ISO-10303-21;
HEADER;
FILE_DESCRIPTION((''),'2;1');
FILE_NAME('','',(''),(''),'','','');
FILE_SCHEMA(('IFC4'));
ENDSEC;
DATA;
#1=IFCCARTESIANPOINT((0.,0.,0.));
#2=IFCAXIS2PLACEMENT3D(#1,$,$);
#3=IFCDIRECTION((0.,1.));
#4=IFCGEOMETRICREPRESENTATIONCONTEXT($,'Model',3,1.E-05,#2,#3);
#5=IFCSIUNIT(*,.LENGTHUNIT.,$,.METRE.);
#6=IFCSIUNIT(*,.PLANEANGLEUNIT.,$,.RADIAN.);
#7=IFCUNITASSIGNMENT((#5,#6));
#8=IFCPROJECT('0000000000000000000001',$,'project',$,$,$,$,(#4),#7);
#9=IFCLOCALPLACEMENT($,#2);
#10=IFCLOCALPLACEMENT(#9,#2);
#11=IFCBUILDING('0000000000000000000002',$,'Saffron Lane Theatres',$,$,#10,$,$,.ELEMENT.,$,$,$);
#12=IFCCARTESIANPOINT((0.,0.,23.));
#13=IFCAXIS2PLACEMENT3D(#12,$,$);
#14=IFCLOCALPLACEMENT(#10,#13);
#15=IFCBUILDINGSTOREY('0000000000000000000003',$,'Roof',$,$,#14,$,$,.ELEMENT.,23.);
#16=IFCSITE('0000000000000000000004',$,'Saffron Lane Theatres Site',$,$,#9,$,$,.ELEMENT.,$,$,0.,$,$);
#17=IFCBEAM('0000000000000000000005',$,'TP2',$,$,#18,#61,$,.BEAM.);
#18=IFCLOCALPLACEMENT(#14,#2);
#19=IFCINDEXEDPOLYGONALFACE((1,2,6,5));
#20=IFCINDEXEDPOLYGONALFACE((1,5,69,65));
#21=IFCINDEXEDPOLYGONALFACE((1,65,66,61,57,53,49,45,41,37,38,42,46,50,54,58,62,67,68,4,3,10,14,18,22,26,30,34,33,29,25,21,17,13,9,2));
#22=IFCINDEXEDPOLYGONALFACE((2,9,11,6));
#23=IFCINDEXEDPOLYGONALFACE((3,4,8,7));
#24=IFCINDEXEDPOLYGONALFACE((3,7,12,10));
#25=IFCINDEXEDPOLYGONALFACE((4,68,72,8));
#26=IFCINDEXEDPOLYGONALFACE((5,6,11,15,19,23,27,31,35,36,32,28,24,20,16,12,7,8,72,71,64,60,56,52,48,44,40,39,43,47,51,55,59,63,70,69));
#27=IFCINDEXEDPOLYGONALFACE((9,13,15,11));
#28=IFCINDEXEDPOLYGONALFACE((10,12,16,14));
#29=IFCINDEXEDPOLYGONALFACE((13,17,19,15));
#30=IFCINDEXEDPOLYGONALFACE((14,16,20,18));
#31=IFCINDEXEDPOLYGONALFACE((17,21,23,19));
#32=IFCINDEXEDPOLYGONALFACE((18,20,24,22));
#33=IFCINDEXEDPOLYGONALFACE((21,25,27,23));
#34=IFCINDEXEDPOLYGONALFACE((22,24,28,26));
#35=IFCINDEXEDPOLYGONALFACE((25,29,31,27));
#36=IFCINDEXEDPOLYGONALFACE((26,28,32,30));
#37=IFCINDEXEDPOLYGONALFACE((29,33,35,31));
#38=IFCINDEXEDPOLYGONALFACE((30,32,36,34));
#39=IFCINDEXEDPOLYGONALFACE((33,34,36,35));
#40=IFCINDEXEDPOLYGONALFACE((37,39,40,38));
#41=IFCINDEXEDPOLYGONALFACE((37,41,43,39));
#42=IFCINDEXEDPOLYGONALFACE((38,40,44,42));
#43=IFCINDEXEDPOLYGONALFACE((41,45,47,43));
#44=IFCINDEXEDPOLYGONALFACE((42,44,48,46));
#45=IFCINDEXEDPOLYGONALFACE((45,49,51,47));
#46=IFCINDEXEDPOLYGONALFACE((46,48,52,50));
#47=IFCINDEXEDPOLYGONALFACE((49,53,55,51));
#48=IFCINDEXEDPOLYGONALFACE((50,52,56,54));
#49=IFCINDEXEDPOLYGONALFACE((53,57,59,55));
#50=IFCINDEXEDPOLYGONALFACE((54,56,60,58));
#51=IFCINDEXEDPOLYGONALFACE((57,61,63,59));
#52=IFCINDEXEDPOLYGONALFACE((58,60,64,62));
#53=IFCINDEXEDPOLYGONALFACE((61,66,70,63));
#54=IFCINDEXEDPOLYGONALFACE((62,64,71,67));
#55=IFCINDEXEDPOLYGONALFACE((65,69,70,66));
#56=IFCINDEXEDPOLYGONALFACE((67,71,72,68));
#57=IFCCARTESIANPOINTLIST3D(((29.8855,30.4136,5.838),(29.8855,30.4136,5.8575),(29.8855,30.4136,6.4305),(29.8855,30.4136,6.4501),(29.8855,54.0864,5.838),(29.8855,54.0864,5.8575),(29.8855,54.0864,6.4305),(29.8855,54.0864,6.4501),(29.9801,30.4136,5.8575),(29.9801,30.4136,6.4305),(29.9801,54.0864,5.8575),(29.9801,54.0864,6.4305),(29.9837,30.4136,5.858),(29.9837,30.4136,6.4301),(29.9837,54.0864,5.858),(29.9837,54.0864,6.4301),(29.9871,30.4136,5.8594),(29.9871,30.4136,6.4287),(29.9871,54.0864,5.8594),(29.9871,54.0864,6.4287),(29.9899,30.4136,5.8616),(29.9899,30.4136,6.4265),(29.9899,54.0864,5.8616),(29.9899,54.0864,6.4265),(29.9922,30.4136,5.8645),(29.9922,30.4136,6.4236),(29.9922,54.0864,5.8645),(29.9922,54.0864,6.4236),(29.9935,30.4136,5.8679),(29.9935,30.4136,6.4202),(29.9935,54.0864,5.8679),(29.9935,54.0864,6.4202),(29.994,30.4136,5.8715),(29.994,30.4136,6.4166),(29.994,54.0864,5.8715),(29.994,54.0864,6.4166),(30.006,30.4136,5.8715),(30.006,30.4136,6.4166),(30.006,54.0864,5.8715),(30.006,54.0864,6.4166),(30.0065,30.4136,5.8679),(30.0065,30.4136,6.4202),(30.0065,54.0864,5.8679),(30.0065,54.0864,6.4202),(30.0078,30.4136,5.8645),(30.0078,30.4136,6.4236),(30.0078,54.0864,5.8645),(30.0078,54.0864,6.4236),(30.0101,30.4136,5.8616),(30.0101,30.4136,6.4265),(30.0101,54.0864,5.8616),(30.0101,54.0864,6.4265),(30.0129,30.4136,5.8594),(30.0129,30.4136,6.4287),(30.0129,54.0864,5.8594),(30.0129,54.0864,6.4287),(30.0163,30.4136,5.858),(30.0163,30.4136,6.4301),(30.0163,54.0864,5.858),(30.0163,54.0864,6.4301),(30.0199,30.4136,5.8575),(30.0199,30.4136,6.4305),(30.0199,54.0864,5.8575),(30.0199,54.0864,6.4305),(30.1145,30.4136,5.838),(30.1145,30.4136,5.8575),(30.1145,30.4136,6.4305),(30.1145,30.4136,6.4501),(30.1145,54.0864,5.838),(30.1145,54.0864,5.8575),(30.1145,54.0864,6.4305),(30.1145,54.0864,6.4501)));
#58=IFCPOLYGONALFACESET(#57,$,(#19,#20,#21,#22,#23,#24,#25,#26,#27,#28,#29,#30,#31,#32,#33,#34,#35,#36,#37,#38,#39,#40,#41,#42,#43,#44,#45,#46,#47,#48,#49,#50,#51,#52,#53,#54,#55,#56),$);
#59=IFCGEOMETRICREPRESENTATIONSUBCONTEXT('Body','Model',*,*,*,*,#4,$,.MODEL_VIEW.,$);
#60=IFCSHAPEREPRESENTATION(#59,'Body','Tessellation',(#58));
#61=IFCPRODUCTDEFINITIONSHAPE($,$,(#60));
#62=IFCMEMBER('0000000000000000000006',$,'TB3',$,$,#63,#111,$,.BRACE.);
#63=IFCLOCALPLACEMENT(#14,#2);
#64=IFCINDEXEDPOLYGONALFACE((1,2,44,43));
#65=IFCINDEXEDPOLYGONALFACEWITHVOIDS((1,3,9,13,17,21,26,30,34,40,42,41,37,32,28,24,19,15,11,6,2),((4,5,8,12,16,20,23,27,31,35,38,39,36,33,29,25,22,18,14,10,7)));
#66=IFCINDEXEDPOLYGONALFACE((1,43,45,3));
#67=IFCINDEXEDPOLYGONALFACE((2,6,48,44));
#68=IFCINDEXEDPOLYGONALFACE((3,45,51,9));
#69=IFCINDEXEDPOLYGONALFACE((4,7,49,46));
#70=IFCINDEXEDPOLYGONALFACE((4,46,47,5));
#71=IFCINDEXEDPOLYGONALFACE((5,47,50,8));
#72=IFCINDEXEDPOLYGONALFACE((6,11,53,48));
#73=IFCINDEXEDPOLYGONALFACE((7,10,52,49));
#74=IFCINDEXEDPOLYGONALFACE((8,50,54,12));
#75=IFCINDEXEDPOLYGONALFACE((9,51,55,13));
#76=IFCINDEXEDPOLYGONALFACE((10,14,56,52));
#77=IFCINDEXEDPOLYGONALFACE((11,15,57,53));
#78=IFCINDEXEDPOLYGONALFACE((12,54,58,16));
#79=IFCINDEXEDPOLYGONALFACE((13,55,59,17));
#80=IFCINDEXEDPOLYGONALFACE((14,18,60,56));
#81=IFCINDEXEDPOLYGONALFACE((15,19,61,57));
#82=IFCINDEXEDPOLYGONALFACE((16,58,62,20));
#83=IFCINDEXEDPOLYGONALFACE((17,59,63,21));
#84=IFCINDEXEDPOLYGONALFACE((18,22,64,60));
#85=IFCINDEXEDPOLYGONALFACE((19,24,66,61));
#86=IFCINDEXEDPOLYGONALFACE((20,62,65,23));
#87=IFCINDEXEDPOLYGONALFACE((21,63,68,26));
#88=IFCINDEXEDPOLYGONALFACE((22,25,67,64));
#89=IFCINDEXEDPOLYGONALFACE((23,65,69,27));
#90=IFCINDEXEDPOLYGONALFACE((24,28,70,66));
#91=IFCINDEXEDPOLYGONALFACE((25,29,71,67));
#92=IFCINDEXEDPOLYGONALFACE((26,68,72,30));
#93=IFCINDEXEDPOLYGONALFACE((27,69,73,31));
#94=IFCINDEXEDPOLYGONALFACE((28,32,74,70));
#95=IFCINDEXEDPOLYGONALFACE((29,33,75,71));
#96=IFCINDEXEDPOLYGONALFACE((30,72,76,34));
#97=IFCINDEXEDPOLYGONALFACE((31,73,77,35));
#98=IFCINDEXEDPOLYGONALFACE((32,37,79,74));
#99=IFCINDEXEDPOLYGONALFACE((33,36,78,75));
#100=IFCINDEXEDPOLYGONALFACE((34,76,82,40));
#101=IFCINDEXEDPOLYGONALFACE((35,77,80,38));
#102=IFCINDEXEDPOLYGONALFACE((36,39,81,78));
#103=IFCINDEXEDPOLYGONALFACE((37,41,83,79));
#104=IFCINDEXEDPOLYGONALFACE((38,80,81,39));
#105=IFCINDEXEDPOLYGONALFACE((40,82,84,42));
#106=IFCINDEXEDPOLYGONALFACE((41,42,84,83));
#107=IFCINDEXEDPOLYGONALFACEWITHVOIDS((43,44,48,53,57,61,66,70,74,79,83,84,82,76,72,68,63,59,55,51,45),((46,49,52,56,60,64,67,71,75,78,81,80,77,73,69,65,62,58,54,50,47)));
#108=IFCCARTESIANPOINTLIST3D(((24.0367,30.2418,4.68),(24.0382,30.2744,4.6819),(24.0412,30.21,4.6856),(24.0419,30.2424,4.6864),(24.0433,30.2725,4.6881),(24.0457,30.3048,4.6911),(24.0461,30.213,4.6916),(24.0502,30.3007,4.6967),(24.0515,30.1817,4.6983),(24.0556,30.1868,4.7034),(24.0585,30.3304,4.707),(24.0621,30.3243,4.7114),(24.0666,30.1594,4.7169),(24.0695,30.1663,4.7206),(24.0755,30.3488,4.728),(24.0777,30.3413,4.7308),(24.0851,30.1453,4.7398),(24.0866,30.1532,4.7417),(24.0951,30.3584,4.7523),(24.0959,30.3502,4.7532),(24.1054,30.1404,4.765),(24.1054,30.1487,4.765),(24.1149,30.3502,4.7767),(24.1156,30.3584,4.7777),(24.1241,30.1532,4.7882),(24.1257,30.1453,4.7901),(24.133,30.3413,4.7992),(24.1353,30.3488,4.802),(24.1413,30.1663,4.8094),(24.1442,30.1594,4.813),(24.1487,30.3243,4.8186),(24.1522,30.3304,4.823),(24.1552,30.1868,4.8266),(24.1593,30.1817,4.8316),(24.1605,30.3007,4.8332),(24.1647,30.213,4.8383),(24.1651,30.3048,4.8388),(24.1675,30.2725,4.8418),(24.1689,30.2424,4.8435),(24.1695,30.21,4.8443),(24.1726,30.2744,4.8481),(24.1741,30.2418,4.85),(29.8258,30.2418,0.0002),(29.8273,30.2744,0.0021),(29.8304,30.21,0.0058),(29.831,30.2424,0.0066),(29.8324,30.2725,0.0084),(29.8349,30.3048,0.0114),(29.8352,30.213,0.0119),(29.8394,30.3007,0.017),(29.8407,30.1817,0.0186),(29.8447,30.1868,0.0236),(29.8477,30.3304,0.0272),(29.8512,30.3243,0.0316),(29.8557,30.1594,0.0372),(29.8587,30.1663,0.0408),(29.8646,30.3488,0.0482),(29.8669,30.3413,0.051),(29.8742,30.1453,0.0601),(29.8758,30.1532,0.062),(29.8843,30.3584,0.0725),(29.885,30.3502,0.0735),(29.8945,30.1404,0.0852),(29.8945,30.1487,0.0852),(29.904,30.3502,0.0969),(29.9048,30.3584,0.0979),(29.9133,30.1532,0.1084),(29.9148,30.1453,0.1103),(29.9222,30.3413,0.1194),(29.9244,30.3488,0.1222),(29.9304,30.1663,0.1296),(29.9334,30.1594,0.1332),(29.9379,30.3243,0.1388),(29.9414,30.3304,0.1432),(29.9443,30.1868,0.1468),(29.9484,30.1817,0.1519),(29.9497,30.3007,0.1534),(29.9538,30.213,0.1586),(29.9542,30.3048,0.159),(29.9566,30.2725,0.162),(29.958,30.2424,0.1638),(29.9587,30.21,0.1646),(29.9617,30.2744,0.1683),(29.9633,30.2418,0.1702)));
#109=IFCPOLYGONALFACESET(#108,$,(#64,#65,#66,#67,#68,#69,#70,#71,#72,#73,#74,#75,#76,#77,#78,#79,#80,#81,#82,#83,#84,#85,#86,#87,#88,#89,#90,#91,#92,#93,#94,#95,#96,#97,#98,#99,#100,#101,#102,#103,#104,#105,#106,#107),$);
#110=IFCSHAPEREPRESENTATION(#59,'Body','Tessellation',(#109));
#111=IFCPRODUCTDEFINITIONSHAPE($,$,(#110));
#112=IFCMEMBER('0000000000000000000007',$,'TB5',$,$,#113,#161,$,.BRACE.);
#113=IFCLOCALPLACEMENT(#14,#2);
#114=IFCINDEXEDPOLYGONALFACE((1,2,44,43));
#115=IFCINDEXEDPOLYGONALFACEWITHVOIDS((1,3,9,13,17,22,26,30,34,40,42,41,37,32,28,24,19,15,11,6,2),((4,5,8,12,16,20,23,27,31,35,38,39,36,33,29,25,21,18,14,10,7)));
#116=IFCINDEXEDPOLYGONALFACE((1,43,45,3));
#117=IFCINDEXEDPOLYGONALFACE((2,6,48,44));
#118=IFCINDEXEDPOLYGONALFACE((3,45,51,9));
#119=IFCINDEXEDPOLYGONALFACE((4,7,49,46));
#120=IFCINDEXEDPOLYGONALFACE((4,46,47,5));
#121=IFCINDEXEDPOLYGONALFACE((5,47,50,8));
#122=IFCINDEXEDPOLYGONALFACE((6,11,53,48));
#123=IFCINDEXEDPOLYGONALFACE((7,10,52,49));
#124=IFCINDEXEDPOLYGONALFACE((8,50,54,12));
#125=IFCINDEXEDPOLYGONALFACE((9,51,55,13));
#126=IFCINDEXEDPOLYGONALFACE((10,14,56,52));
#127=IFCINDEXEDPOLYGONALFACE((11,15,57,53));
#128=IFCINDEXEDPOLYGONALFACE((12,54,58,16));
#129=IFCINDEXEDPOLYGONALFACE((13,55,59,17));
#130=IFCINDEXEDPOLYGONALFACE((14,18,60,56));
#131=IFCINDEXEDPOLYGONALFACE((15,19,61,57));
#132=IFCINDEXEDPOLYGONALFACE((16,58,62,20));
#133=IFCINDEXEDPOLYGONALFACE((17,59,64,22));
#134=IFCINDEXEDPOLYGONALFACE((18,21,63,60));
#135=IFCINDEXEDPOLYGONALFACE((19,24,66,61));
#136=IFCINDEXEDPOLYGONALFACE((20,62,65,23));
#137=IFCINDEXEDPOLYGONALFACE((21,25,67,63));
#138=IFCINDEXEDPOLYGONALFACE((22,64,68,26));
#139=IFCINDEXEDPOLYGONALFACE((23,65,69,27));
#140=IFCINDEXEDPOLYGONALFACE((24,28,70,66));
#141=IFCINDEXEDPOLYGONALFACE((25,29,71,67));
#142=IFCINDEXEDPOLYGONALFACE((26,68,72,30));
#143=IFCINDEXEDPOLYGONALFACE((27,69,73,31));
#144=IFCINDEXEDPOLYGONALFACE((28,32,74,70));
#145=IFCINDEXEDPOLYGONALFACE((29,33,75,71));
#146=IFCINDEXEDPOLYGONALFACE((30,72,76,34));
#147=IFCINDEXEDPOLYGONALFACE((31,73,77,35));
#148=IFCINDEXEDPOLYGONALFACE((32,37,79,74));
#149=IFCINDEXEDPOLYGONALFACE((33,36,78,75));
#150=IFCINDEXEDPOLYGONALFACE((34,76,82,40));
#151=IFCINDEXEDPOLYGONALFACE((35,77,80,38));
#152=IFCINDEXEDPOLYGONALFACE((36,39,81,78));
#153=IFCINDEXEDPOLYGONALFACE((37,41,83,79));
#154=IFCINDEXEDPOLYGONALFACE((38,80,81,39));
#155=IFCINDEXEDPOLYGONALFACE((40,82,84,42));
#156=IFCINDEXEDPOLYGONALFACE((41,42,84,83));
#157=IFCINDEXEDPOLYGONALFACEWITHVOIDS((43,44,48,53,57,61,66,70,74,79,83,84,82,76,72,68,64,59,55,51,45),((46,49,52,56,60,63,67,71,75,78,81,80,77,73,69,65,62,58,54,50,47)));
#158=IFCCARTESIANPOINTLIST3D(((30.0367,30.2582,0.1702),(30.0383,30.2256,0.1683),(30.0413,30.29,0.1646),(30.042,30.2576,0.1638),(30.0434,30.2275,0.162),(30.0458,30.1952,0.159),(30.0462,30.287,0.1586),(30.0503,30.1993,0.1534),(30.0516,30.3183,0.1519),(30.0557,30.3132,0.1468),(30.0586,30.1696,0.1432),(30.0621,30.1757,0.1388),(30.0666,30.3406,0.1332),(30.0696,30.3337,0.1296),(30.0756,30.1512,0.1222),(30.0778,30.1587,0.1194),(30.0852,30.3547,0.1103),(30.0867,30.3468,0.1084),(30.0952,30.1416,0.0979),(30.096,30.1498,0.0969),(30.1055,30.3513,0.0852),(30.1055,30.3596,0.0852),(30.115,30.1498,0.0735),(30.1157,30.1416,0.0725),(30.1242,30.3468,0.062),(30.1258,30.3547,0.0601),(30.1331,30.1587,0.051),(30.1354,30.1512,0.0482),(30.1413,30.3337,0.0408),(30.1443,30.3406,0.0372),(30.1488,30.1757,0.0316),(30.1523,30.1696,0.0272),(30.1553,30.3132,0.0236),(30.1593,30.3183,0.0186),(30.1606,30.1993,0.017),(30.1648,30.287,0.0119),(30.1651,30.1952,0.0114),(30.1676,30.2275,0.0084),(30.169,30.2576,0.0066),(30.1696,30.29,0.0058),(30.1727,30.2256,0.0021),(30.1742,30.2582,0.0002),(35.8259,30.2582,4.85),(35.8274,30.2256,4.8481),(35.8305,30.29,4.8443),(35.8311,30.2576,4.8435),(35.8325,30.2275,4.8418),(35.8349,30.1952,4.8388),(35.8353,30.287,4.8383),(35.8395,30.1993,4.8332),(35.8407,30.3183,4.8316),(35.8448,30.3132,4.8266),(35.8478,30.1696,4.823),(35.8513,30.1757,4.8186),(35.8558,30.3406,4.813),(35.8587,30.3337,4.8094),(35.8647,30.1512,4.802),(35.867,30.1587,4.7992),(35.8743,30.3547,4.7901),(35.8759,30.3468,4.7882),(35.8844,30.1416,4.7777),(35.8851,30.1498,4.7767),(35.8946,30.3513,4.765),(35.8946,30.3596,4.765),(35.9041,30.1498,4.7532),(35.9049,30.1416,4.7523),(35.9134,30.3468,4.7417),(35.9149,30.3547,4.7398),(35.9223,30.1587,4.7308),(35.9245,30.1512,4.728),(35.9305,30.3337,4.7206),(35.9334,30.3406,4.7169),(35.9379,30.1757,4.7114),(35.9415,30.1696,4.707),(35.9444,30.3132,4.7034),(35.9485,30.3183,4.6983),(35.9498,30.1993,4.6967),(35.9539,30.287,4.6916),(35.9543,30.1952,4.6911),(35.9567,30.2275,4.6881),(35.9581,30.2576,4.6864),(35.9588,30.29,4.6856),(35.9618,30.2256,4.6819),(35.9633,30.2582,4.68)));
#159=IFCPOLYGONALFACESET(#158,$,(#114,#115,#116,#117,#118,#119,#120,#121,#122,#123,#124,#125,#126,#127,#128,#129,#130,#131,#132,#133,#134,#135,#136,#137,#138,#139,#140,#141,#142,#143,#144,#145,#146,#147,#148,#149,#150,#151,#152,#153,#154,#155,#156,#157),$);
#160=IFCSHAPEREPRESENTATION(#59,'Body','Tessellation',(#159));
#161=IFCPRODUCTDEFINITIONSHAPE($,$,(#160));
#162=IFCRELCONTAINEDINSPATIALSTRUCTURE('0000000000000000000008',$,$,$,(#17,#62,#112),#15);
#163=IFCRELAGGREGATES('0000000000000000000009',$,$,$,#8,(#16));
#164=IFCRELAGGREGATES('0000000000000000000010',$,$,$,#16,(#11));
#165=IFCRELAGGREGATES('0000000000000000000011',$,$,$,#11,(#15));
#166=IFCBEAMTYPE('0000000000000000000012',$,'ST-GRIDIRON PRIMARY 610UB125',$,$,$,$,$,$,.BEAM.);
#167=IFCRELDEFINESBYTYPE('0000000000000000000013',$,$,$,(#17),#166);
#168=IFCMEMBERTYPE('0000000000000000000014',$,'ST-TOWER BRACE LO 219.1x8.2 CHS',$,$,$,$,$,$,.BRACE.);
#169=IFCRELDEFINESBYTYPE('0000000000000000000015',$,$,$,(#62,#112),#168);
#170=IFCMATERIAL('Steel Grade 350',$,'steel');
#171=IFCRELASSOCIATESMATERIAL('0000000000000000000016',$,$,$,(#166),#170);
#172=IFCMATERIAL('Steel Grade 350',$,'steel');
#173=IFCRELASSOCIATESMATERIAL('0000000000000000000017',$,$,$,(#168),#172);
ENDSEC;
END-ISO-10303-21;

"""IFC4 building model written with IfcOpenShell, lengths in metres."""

from ifc_helpers import new_model, si_unit, direction, frame, origin, origin_2d, place, context, subcontext, project, spatial, hollow_circle, i_section, extrude, material, material_profile, profile_set, type_object, element, save


model = new_model("IFC4")

# Units and contexts
model_context = context("Model", 3, precision=1e-05, world=origin(), true_north=direction((0.0, 1.0)))
body_context = subcontext(model_context, "Body", "Model", "MODEL_VIEW")
ifc_project = project(units=[si_unit("LENGTHUNIT", "METRE"), si_unit("PLANEANGLEUNIT", "RADIAN")], contexts=[model_context])

# Site, building, storey
site_placement = place(None, origin())
site = spatial("IfcSite", under=ifc_project, at=site_placement, Name="Saffron Lane Theatres Site", CompositionType="ELEMENT", RefElevation=0.0)
building_placement = place(site_placement, origin())
building = spatial("IfcBuilding", under=site, at=building_placement, Name="Saffron Lane Theatres", CompositionType="ELEMENT")
storey_placement = place(building_placement, frame((0.0, 0.0, 23.0)))
storey = spatial("IfcBuildingStorey", under=building, at=storey_placement, Name="Roof", CompositionType="ELEMENT", Elevation=23.0)

# Beam
ifc_material_1 = material(Name="Steel Grade 350", Category="steel")
ifc_material_profile_1 = material_profile(ifc_material_1, i_section(OverallWidth=0.229, OverallDepth=0.6121, WebThickness=0.012, FlangeThickness=0.0195, FilletRadius=0.0139, at=origin_2d()))
ifc_profile_set_1 = profile_set([ifc_material_profile_1], Name="Steel Grade 350")
beam_type_1 = type_object("IfcBeamType", Name="ST-GRIDIRON PRIMARY 610UB125", PredefinedType="BEAM", material=ifc_profile_set_1)
beam_1_placement = place(storey_placement, frame((30.0, 30.4136, 6.144), z_axis=(0.0, 1.0, 0.0), x_axis=(-1.0, 0.0, 0.0)))
element("IfcBeam", 1, at=beam_1_placement, inside=storey, type_object=beam_type_1, Name="TP2", PredefinedType="BEAM", context=body_context, shape_type="SweptSolid", body=[
    extrude(i_section(OverallWidth=0.229, OverallDepth=0.6121, WebThickness=0.012, FlangeThickness=0.0195, FilletRadius=0.0139, at=origin_2d()), origin(), (0.0, 0.0, 1.0), 23.6729),
])

# Members
ifc_material_2 = material(Name="Steel Grade 350", Category="steel")
ifc_material_profile_2 = material_profile(ifc_material_2, hollow_circle(Radius=0.1096, WallThickness=0.0083, at=origin_2d()))
ifc_profile_set_2 = profile_set([ifc_material_profile_2], Name="Steel Grade 350")
member_type = type_object("IfcMemberType", Name="ST-TOWER BRACE LO 219.1x8.2 CHS", PredefinedType="BRACE", material=ifc_profile_set_2)
for number, where, z_axis, x_axis, name in (
    (2, (29.8945, 30.25, 0.0852), (-0.777685, 0.0, 0.628655), (0.0, -1.0, 0.0), "TB3"),
    (3, (30.1055, 30.25, 0.0852), (0.777685, 0.0, 0.628655), (0.0, 1.0, 0.0), "TB5"),
):
    element("IfcMember", number, at=place(storey_placement, frame(where, z_axis=z_axis, x_axis=x_axis)), inside=storey, type_object=member_type, Name=name, PredefinedType="BRACE", context=body_context, shape_type="SweptSolid", body=[
        extrude(hollow_circle(Radius=0.1096, WallThickness=0.0083, at=origin_2d()), origin(), (0.0, 0.0, 1.0), 7.4441),
    ])

save(model, "model.ifc")
